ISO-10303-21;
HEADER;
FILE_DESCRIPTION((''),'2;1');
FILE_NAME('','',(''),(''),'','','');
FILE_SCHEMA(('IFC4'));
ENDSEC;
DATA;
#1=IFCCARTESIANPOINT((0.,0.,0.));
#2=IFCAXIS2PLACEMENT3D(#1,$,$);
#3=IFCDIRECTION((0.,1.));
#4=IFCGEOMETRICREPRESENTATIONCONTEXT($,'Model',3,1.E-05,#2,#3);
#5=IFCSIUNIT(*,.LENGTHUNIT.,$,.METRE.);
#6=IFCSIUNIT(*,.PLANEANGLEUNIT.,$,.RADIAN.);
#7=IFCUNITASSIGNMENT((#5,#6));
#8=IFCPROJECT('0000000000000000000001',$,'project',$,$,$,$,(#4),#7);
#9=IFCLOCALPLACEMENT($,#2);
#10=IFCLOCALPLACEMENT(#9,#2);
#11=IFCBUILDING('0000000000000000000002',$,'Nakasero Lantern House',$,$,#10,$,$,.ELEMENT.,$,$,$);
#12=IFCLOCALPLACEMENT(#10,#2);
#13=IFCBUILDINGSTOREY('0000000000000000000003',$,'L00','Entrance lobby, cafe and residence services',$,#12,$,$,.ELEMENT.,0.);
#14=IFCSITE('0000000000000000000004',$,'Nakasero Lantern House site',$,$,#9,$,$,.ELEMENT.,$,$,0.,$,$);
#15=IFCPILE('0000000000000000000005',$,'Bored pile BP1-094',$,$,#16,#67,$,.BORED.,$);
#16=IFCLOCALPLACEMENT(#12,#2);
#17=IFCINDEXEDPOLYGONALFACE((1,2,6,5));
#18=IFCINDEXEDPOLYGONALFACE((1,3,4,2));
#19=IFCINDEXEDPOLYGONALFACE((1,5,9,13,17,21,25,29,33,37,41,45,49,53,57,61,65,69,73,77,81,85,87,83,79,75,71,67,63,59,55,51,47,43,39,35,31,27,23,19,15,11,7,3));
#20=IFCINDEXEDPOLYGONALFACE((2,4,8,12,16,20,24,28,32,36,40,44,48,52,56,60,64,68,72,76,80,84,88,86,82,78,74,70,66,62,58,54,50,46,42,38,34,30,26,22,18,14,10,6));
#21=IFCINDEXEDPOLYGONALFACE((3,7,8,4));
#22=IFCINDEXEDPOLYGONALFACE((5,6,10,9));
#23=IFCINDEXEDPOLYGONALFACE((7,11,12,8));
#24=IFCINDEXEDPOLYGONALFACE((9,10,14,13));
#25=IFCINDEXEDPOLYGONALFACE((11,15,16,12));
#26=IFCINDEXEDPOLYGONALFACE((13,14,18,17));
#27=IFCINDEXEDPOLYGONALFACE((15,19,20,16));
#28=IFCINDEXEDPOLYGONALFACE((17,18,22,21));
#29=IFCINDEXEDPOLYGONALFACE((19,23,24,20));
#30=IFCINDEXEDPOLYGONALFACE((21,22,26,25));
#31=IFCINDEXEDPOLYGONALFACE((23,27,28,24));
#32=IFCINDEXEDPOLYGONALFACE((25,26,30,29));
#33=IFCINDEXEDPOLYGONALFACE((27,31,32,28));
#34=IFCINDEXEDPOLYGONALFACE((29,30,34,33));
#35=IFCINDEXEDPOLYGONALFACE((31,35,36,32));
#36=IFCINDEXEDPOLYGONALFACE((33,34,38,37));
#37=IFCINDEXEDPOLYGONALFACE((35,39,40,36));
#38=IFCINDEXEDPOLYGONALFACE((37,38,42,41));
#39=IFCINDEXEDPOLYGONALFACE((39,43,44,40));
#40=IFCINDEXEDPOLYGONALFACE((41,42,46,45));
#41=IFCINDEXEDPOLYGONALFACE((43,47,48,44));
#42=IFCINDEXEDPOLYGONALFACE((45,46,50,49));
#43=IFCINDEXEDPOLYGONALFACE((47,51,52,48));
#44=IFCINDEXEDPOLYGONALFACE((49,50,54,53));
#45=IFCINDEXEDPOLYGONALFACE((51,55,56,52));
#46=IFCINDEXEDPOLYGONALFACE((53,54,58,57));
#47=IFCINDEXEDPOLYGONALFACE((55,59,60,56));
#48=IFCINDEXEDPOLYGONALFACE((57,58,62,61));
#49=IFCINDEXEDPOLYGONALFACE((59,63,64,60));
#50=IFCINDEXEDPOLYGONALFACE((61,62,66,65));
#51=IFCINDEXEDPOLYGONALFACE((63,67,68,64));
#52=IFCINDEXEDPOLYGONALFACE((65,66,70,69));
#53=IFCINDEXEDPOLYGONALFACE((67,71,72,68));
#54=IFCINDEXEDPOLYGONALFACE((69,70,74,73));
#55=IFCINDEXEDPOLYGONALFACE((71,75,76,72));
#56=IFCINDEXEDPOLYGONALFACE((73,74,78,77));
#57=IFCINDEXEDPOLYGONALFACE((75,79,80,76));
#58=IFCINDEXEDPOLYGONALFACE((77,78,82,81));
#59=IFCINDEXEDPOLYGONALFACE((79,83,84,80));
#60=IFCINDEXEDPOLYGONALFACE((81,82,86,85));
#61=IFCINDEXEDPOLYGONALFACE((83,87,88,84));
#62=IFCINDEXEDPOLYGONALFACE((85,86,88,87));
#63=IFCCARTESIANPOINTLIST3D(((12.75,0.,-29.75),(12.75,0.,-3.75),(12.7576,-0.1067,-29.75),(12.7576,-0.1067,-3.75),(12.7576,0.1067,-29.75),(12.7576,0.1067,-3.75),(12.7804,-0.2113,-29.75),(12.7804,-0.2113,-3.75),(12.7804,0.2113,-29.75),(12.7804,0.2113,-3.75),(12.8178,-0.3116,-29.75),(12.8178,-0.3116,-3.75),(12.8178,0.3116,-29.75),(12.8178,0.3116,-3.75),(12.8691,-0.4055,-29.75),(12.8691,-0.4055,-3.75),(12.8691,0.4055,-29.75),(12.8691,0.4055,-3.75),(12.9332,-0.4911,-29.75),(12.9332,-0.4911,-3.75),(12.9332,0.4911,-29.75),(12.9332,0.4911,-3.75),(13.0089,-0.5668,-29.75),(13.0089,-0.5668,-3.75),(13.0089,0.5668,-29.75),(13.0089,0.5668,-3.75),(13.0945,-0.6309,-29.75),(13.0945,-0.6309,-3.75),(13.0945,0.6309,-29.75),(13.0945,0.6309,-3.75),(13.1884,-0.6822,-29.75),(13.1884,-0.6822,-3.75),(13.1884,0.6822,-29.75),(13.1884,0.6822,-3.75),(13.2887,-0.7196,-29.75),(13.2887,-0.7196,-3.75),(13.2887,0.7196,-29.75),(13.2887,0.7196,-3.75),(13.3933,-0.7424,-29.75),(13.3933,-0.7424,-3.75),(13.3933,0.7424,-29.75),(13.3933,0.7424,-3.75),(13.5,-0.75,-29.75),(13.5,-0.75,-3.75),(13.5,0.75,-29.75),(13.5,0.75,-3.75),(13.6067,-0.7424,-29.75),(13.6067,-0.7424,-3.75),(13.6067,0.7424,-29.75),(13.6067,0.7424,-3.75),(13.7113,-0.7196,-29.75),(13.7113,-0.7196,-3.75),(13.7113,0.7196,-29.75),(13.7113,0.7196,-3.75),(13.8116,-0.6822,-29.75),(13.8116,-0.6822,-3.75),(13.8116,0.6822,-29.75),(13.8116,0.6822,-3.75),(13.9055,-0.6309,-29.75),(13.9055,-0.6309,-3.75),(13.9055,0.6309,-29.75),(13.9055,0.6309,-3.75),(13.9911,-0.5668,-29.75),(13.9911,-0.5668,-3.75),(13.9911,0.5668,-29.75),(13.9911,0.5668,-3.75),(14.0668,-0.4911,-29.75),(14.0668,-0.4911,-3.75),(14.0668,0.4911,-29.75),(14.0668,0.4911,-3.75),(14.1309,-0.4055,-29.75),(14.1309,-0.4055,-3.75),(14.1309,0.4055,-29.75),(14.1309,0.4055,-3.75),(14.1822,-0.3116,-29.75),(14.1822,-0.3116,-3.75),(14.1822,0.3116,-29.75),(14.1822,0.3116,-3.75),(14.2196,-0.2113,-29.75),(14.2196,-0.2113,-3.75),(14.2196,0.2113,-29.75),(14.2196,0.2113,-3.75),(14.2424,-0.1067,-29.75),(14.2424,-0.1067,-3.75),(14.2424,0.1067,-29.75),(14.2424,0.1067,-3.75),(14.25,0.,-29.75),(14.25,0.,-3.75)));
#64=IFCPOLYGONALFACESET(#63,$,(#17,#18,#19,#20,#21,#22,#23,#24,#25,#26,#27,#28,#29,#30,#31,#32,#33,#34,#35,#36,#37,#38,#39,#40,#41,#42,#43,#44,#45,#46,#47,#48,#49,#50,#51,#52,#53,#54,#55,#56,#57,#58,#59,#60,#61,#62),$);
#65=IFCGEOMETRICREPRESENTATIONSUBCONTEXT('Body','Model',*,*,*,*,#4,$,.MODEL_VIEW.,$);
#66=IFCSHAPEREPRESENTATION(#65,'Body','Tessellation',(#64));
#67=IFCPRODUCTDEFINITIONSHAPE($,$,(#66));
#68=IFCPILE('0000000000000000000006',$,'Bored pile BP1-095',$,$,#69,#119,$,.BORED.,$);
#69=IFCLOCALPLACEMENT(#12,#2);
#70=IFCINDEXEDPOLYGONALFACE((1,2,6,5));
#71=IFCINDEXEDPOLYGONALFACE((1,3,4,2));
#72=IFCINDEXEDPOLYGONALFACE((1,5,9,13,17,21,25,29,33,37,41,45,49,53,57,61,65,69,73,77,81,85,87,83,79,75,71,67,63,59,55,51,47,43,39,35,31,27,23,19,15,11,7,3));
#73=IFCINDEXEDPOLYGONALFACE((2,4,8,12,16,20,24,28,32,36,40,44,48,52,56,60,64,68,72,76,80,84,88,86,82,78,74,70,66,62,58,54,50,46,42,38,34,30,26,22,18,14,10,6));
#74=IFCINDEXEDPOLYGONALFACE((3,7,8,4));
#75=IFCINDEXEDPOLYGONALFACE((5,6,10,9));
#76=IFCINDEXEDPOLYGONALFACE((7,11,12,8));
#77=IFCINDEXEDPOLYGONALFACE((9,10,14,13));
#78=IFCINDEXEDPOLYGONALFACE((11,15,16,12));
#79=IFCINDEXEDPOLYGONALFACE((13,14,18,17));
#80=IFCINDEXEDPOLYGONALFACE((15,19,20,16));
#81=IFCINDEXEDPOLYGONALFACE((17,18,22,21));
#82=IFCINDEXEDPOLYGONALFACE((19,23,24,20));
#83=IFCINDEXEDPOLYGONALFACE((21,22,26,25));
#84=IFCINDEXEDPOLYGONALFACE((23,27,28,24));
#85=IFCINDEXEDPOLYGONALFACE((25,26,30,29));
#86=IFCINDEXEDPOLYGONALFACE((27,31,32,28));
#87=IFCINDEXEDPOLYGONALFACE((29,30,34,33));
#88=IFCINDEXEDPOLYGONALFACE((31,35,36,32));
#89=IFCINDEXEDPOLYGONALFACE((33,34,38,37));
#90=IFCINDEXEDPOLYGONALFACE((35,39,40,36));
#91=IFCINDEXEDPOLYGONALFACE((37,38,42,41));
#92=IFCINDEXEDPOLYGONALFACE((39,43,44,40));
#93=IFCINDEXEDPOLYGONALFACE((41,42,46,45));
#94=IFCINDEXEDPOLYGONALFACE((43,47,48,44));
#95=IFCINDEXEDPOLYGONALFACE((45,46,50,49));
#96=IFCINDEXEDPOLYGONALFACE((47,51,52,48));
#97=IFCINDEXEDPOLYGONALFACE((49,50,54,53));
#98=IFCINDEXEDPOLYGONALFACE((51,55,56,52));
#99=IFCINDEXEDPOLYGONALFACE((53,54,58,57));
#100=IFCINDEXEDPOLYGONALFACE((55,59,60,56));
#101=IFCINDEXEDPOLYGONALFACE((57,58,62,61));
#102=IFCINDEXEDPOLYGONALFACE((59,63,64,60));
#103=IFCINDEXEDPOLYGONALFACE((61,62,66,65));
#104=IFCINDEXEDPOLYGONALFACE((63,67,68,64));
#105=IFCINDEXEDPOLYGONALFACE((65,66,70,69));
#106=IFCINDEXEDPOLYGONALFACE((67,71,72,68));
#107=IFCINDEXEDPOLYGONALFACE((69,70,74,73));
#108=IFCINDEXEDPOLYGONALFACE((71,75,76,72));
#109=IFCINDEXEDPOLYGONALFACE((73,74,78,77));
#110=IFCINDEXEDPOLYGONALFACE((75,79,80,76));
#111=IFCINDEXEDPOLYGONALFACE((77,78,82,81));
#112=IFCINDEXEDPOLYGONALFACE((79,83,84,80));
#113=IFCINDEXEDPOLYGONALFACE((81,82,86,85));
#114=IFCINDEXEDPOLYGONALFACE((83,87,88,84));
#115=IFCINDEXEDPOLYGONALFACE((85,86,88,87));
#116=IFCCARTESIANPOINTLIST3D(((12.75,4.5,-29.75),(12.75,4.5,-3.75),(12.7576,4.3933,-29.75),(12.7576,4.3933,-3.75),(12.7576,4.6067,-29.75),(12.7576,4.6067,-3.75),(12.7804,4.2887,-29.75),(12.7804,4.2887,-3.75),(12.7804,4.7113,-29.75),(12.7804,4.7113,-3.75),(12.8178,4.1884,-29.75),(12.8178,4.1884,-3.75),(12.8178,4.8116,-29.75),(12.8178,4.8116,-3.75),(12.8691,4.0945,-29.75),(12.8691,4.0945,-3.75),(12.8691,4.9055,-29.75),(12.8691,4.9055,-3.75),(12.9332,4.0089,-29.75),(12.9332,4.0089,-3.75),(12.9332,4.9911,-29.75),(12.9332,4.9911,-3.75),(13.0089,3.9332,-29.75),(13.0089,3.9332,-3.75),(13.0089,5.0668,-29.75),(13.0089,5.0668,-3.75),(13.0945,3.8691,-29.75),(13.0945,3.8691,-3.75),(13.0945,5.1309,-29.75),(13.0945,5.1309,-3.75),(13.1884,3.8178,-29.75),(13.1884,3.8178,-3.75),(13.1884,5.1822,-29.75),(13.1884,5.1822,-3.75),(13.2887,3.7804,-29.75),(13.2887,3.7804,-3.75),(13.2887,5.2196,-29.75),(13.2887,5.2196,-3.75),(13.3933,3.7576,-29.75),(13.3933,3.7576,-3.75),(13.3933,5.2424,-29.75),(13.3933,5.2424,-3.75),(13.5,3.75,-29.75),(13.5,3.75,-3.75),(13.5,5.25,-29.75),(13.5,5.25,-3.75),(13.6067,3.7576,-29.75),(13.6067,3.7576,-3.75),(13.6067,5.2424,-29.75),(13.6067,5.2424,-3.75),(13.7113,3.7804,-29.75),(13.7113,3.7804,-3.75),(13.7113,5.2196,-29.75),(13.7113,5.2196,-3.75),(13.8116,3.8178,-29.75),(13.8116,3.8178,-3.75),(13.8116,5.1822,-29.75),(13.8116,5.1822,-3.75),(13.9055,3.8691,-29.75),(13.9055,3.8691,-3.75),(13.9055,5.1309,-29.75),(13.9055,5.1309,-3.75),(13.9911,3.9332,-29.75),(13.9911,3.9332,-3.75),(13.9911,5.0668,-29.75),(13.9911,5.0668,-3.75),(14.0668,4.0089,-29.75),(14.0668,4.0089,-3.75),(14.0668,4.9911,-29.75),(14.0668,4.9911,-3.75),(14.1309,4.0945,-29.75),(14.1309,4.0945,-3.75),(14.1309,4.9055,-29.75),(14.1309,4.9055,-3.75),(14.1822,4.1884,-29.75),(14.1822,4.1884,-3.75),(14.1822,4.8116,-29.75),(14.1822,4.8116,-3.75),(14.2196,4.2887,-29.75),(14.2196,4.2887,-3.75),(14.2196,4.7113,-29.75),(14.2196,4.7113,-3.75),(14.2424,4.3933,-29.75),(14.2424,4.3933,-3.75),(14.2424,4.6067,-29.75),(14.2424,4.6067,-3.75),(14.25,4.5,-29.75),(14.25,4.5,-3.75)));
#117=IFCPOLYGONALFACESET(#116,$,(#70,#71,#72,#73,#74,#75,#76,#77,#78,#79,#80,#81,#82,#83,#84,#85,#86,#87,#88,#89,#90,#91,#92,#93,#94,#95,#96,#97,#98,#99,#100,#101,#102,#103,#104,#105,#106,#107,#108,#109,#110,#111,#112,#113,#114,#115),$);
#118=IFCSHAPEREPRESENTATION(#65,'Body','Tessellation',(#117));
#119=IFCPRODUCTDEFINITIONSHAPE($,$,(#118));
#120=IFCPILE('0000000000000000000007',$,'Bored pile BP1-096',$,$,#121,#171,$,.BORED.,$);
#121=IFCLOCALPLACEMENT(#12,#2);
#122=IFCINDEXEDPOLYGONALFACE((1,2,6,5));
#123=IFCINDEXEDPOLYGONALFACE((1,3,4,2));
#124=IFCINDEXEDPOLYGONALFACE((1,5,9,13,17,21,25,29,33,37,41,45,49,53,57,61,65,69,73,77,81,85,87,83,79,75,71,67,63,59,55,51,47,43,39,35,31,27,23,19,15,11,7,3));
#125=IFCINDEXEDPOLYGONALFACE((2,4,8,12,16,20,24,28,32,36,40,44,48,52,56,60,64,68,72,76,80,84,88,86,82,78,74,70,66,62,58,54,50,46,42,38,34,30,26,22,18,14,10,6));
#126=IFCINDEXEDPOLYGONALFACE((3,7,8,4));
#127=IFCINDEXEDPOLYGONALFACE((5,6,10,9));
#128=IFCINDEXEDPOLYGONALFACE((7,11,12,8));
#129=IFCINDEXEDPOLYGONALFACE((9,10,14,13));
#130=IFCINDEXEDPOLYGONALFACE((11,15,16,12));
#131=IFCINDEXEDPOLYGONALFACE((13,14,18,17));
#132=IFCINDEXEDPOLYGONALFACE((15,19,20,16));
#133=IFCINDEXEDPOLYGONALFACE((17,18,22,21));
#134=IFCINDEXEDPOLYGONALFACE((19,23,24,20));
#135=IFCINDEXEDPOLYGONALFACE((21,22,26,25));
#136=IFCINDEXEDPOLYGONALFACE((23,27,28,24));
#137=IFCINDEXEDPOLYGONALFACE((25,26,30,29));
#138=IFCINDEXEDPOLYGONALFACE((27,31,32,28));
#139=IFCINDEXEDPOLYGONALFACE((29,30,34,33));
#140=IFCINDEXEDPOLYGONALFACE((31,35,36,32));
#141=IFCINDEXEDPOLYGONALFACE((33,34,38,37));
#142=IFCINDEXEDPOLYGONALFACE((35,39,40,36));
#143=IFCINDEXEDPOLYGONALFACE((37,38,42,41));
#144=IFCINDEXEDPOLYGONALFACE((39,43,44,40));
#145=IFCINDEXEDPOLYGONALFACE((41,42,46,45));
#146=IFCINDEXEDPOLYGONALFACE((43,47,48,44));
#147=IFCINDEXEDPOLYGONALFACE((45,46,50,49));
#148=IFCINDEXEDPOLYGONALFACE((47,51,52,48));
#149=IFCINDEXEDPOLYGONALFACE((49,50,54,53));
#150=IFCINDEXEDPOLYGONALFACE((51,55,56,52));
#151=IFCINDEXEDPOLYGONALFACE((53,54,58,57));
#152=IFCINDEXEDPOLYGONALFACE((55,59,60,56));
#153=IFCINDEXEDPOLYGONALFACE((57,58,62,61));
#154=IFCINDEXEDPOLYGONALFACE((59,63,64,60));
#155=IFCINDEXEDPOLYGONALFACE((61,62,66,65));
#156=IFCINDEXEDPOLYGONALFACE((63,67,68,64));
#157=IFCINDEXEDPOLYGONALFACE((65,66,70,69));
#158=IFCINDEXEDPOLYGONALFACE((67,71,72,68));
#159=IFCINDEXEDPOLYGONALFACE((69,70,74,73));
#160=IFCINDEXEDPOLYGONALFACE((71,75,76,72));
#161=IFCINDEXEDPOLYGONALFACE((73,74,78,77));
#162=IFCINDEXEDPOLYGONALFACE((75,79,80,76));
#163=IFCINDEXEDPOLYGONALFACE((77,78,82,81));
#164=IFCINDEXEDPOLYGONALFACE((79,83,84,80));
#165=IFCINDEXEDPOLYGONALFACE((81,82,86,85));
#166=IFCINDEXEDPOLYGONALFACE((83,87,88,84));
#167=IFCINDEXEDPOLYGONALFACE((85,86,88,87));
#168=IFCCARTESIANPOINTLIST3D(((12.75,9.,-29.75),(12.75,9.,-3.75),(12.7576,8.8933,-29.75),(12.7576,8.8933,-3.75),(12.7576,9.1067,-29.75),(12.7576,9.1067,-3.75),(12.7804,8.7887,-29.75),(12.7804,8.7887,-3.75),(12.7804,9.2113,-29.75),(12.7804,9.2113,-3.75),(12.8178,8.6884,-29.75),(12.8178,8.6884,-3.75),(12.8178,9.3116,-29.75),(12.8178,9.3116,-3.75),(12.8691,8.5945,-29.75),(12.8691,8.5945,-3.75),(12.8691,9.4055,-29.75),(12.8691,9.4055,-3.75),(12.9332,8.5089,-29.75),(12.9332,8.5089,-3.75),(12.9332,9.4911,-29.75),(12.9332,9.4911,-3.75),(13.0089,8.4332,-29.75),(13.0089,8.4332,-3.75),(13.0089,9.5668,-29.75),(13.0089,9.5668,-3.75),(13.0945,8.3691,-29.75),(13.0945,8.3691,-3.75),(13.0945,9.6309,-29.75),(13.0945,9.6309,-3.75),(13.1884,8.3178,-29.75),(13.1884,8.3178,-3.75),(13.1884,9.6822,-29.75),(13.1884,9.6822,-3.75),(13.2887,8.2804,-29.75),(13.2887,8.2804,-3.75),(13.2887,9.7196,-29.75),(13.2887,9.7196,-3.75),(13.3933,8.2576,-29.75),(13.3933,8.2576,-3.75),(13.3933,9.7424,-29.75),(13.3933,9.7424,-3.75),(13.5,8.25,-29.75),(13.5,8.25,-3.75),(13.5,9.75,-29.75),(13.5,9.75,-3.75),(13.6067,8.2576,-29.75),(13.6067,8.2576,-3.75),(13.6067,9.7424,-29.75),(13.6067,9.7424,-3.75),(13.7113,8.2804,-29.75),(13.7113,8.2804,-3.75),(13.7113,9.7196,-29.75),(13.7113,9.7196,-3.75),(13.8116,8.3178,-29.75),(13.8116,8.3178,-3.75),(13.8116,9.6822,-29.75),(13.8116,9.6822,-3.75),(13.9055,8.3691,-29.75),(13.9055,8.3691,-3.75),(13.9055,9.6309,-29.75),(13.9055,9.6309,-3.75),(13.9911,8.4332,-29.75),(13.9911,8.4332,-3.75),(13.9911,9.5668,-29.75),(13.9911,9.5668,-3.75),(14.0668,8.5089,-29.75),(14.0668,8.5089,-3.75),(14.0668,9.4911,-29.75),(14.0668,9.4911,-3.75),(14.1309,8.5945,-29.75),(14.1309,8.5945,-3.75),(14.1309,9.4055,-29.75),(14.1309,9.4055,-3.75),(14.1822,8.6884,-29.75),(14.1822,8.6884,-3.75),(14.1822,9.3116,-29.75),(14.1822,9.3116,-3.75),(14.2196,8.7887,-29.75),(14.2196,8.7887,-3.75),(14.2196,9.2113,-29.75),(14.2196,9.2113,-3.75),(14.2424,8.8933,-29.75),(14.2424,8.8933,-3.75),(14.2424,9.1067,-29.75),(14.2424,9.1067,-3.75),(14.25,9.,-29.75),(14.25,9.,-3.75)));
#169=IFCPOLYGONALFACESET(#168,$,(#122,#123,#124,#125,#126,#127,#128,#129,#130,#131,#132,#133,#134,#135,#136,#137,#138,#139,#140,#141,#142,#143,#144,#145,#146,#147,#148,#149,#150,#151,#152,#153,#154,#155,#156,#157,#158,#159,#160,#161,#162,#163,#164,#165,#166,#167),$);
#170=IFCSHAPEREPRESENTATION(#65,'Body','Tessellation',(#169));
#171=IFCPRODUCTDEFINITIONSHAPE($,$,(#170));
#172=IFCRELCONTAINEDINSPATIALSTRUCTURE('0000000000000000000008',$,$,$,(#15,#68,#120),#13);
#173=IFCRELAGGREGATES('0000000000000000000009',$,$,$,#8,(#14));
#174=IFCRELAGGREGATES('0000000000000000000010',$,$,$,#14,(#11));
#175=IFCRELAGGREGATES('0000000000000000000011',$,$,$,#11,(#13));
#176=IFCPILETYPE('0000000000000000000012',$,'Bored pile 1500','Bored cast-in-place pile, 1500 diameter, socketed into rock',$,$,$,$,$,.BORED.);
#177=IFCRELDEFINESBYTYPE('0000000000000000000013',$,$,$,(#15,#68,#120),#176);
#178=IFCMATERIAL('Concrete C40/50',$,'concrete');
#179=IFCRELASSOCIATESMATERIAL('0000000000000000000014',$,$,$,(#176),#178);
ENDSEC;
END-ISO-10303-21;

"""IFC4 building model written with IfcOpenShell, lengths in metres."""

from ifc_helpers import new_model, si_unit, direction, frame, origin, origin_2d, place, context, subcontext, project, spatial, circle, extrude, material, type_object, element, save


model = new_model("IFC4")

# Units and contexts
model_context = context("Model", 3, precision=1e-05, world=origin(), true_north=direction((0.0, 1.0)))
body_context = subcontext(model_context, "Body", "Model", "MODEL_VIEW")
ifc_project = project(units=[si_unit("LENGTHUNIT", "METRE"), si_unit("PLANEANGLEUNIT", "RADIAN")], contexts=[model_context])

# Site, building, storey
site_placement = place(None, origin())
site = spatial("IfcSite", under=ifc_project, at=site_placement, Name="Nakasero Lantern House site", CompositionType="ELEMENT", RefElevation=0.0)
building_placement = place(site_placement, origin())
building = spatial("IfcBuilding", under=site, at=building_placement, Name="Nakasero Lantern House", CompositionType="ELEMENT")
storey_placement = place(building_placement, origin())
storey = spatial("IfcBuildingStorey", under=building, at=storey_placement, Name="L00", Description="Entrance lobby, cafe and residence services", CompositionType="ELEMENT", Elevation=0.0)

# Piles
ifc_material_1 = material(Name="Concrete C40/50", Category="concrete")
pile_type = type_object("IfcPileType", Name="Bored pile 1500", Description="Bored cast-in-place pile, 1500 diameter, socketed into rock", PredefinedType="BORED", material=ifc_material_1)
for number, where, z_axis, x_axis, name in (
    (1, (13.5, 0.0, -3.75), (0.0, 0.0, -1.0), (1.0, 0.0, 0.0), "Bored pile BP1-094"),
    (2, (13.5, 4.5, -3.75), (0.0, 0.0, -1.0), (1.0, 0.0, 0.0), "Bored pile BP1-095"),
    (3, (13.5, 9.0, -3.75), (0.0, 0.0, -1.0), (1.0, 0.0, 0.0), "Bored pile BP1-096"),
):
    element("IfcPile", number, at=place(storey_placement, frame(where, z_axis=z_axis, x_axis=x_axis)), inside=storey, type_object=pile_type, Name=name, PredefinedType="BORED", context=body_context, shape_type="SweptSolid", body=[
        extrude(circle(Radius=0.75, at=origin_2d()), origin(), (0.0, 0.0, 1.0), 26.0),
    ])

save(model, "model.ifc")
